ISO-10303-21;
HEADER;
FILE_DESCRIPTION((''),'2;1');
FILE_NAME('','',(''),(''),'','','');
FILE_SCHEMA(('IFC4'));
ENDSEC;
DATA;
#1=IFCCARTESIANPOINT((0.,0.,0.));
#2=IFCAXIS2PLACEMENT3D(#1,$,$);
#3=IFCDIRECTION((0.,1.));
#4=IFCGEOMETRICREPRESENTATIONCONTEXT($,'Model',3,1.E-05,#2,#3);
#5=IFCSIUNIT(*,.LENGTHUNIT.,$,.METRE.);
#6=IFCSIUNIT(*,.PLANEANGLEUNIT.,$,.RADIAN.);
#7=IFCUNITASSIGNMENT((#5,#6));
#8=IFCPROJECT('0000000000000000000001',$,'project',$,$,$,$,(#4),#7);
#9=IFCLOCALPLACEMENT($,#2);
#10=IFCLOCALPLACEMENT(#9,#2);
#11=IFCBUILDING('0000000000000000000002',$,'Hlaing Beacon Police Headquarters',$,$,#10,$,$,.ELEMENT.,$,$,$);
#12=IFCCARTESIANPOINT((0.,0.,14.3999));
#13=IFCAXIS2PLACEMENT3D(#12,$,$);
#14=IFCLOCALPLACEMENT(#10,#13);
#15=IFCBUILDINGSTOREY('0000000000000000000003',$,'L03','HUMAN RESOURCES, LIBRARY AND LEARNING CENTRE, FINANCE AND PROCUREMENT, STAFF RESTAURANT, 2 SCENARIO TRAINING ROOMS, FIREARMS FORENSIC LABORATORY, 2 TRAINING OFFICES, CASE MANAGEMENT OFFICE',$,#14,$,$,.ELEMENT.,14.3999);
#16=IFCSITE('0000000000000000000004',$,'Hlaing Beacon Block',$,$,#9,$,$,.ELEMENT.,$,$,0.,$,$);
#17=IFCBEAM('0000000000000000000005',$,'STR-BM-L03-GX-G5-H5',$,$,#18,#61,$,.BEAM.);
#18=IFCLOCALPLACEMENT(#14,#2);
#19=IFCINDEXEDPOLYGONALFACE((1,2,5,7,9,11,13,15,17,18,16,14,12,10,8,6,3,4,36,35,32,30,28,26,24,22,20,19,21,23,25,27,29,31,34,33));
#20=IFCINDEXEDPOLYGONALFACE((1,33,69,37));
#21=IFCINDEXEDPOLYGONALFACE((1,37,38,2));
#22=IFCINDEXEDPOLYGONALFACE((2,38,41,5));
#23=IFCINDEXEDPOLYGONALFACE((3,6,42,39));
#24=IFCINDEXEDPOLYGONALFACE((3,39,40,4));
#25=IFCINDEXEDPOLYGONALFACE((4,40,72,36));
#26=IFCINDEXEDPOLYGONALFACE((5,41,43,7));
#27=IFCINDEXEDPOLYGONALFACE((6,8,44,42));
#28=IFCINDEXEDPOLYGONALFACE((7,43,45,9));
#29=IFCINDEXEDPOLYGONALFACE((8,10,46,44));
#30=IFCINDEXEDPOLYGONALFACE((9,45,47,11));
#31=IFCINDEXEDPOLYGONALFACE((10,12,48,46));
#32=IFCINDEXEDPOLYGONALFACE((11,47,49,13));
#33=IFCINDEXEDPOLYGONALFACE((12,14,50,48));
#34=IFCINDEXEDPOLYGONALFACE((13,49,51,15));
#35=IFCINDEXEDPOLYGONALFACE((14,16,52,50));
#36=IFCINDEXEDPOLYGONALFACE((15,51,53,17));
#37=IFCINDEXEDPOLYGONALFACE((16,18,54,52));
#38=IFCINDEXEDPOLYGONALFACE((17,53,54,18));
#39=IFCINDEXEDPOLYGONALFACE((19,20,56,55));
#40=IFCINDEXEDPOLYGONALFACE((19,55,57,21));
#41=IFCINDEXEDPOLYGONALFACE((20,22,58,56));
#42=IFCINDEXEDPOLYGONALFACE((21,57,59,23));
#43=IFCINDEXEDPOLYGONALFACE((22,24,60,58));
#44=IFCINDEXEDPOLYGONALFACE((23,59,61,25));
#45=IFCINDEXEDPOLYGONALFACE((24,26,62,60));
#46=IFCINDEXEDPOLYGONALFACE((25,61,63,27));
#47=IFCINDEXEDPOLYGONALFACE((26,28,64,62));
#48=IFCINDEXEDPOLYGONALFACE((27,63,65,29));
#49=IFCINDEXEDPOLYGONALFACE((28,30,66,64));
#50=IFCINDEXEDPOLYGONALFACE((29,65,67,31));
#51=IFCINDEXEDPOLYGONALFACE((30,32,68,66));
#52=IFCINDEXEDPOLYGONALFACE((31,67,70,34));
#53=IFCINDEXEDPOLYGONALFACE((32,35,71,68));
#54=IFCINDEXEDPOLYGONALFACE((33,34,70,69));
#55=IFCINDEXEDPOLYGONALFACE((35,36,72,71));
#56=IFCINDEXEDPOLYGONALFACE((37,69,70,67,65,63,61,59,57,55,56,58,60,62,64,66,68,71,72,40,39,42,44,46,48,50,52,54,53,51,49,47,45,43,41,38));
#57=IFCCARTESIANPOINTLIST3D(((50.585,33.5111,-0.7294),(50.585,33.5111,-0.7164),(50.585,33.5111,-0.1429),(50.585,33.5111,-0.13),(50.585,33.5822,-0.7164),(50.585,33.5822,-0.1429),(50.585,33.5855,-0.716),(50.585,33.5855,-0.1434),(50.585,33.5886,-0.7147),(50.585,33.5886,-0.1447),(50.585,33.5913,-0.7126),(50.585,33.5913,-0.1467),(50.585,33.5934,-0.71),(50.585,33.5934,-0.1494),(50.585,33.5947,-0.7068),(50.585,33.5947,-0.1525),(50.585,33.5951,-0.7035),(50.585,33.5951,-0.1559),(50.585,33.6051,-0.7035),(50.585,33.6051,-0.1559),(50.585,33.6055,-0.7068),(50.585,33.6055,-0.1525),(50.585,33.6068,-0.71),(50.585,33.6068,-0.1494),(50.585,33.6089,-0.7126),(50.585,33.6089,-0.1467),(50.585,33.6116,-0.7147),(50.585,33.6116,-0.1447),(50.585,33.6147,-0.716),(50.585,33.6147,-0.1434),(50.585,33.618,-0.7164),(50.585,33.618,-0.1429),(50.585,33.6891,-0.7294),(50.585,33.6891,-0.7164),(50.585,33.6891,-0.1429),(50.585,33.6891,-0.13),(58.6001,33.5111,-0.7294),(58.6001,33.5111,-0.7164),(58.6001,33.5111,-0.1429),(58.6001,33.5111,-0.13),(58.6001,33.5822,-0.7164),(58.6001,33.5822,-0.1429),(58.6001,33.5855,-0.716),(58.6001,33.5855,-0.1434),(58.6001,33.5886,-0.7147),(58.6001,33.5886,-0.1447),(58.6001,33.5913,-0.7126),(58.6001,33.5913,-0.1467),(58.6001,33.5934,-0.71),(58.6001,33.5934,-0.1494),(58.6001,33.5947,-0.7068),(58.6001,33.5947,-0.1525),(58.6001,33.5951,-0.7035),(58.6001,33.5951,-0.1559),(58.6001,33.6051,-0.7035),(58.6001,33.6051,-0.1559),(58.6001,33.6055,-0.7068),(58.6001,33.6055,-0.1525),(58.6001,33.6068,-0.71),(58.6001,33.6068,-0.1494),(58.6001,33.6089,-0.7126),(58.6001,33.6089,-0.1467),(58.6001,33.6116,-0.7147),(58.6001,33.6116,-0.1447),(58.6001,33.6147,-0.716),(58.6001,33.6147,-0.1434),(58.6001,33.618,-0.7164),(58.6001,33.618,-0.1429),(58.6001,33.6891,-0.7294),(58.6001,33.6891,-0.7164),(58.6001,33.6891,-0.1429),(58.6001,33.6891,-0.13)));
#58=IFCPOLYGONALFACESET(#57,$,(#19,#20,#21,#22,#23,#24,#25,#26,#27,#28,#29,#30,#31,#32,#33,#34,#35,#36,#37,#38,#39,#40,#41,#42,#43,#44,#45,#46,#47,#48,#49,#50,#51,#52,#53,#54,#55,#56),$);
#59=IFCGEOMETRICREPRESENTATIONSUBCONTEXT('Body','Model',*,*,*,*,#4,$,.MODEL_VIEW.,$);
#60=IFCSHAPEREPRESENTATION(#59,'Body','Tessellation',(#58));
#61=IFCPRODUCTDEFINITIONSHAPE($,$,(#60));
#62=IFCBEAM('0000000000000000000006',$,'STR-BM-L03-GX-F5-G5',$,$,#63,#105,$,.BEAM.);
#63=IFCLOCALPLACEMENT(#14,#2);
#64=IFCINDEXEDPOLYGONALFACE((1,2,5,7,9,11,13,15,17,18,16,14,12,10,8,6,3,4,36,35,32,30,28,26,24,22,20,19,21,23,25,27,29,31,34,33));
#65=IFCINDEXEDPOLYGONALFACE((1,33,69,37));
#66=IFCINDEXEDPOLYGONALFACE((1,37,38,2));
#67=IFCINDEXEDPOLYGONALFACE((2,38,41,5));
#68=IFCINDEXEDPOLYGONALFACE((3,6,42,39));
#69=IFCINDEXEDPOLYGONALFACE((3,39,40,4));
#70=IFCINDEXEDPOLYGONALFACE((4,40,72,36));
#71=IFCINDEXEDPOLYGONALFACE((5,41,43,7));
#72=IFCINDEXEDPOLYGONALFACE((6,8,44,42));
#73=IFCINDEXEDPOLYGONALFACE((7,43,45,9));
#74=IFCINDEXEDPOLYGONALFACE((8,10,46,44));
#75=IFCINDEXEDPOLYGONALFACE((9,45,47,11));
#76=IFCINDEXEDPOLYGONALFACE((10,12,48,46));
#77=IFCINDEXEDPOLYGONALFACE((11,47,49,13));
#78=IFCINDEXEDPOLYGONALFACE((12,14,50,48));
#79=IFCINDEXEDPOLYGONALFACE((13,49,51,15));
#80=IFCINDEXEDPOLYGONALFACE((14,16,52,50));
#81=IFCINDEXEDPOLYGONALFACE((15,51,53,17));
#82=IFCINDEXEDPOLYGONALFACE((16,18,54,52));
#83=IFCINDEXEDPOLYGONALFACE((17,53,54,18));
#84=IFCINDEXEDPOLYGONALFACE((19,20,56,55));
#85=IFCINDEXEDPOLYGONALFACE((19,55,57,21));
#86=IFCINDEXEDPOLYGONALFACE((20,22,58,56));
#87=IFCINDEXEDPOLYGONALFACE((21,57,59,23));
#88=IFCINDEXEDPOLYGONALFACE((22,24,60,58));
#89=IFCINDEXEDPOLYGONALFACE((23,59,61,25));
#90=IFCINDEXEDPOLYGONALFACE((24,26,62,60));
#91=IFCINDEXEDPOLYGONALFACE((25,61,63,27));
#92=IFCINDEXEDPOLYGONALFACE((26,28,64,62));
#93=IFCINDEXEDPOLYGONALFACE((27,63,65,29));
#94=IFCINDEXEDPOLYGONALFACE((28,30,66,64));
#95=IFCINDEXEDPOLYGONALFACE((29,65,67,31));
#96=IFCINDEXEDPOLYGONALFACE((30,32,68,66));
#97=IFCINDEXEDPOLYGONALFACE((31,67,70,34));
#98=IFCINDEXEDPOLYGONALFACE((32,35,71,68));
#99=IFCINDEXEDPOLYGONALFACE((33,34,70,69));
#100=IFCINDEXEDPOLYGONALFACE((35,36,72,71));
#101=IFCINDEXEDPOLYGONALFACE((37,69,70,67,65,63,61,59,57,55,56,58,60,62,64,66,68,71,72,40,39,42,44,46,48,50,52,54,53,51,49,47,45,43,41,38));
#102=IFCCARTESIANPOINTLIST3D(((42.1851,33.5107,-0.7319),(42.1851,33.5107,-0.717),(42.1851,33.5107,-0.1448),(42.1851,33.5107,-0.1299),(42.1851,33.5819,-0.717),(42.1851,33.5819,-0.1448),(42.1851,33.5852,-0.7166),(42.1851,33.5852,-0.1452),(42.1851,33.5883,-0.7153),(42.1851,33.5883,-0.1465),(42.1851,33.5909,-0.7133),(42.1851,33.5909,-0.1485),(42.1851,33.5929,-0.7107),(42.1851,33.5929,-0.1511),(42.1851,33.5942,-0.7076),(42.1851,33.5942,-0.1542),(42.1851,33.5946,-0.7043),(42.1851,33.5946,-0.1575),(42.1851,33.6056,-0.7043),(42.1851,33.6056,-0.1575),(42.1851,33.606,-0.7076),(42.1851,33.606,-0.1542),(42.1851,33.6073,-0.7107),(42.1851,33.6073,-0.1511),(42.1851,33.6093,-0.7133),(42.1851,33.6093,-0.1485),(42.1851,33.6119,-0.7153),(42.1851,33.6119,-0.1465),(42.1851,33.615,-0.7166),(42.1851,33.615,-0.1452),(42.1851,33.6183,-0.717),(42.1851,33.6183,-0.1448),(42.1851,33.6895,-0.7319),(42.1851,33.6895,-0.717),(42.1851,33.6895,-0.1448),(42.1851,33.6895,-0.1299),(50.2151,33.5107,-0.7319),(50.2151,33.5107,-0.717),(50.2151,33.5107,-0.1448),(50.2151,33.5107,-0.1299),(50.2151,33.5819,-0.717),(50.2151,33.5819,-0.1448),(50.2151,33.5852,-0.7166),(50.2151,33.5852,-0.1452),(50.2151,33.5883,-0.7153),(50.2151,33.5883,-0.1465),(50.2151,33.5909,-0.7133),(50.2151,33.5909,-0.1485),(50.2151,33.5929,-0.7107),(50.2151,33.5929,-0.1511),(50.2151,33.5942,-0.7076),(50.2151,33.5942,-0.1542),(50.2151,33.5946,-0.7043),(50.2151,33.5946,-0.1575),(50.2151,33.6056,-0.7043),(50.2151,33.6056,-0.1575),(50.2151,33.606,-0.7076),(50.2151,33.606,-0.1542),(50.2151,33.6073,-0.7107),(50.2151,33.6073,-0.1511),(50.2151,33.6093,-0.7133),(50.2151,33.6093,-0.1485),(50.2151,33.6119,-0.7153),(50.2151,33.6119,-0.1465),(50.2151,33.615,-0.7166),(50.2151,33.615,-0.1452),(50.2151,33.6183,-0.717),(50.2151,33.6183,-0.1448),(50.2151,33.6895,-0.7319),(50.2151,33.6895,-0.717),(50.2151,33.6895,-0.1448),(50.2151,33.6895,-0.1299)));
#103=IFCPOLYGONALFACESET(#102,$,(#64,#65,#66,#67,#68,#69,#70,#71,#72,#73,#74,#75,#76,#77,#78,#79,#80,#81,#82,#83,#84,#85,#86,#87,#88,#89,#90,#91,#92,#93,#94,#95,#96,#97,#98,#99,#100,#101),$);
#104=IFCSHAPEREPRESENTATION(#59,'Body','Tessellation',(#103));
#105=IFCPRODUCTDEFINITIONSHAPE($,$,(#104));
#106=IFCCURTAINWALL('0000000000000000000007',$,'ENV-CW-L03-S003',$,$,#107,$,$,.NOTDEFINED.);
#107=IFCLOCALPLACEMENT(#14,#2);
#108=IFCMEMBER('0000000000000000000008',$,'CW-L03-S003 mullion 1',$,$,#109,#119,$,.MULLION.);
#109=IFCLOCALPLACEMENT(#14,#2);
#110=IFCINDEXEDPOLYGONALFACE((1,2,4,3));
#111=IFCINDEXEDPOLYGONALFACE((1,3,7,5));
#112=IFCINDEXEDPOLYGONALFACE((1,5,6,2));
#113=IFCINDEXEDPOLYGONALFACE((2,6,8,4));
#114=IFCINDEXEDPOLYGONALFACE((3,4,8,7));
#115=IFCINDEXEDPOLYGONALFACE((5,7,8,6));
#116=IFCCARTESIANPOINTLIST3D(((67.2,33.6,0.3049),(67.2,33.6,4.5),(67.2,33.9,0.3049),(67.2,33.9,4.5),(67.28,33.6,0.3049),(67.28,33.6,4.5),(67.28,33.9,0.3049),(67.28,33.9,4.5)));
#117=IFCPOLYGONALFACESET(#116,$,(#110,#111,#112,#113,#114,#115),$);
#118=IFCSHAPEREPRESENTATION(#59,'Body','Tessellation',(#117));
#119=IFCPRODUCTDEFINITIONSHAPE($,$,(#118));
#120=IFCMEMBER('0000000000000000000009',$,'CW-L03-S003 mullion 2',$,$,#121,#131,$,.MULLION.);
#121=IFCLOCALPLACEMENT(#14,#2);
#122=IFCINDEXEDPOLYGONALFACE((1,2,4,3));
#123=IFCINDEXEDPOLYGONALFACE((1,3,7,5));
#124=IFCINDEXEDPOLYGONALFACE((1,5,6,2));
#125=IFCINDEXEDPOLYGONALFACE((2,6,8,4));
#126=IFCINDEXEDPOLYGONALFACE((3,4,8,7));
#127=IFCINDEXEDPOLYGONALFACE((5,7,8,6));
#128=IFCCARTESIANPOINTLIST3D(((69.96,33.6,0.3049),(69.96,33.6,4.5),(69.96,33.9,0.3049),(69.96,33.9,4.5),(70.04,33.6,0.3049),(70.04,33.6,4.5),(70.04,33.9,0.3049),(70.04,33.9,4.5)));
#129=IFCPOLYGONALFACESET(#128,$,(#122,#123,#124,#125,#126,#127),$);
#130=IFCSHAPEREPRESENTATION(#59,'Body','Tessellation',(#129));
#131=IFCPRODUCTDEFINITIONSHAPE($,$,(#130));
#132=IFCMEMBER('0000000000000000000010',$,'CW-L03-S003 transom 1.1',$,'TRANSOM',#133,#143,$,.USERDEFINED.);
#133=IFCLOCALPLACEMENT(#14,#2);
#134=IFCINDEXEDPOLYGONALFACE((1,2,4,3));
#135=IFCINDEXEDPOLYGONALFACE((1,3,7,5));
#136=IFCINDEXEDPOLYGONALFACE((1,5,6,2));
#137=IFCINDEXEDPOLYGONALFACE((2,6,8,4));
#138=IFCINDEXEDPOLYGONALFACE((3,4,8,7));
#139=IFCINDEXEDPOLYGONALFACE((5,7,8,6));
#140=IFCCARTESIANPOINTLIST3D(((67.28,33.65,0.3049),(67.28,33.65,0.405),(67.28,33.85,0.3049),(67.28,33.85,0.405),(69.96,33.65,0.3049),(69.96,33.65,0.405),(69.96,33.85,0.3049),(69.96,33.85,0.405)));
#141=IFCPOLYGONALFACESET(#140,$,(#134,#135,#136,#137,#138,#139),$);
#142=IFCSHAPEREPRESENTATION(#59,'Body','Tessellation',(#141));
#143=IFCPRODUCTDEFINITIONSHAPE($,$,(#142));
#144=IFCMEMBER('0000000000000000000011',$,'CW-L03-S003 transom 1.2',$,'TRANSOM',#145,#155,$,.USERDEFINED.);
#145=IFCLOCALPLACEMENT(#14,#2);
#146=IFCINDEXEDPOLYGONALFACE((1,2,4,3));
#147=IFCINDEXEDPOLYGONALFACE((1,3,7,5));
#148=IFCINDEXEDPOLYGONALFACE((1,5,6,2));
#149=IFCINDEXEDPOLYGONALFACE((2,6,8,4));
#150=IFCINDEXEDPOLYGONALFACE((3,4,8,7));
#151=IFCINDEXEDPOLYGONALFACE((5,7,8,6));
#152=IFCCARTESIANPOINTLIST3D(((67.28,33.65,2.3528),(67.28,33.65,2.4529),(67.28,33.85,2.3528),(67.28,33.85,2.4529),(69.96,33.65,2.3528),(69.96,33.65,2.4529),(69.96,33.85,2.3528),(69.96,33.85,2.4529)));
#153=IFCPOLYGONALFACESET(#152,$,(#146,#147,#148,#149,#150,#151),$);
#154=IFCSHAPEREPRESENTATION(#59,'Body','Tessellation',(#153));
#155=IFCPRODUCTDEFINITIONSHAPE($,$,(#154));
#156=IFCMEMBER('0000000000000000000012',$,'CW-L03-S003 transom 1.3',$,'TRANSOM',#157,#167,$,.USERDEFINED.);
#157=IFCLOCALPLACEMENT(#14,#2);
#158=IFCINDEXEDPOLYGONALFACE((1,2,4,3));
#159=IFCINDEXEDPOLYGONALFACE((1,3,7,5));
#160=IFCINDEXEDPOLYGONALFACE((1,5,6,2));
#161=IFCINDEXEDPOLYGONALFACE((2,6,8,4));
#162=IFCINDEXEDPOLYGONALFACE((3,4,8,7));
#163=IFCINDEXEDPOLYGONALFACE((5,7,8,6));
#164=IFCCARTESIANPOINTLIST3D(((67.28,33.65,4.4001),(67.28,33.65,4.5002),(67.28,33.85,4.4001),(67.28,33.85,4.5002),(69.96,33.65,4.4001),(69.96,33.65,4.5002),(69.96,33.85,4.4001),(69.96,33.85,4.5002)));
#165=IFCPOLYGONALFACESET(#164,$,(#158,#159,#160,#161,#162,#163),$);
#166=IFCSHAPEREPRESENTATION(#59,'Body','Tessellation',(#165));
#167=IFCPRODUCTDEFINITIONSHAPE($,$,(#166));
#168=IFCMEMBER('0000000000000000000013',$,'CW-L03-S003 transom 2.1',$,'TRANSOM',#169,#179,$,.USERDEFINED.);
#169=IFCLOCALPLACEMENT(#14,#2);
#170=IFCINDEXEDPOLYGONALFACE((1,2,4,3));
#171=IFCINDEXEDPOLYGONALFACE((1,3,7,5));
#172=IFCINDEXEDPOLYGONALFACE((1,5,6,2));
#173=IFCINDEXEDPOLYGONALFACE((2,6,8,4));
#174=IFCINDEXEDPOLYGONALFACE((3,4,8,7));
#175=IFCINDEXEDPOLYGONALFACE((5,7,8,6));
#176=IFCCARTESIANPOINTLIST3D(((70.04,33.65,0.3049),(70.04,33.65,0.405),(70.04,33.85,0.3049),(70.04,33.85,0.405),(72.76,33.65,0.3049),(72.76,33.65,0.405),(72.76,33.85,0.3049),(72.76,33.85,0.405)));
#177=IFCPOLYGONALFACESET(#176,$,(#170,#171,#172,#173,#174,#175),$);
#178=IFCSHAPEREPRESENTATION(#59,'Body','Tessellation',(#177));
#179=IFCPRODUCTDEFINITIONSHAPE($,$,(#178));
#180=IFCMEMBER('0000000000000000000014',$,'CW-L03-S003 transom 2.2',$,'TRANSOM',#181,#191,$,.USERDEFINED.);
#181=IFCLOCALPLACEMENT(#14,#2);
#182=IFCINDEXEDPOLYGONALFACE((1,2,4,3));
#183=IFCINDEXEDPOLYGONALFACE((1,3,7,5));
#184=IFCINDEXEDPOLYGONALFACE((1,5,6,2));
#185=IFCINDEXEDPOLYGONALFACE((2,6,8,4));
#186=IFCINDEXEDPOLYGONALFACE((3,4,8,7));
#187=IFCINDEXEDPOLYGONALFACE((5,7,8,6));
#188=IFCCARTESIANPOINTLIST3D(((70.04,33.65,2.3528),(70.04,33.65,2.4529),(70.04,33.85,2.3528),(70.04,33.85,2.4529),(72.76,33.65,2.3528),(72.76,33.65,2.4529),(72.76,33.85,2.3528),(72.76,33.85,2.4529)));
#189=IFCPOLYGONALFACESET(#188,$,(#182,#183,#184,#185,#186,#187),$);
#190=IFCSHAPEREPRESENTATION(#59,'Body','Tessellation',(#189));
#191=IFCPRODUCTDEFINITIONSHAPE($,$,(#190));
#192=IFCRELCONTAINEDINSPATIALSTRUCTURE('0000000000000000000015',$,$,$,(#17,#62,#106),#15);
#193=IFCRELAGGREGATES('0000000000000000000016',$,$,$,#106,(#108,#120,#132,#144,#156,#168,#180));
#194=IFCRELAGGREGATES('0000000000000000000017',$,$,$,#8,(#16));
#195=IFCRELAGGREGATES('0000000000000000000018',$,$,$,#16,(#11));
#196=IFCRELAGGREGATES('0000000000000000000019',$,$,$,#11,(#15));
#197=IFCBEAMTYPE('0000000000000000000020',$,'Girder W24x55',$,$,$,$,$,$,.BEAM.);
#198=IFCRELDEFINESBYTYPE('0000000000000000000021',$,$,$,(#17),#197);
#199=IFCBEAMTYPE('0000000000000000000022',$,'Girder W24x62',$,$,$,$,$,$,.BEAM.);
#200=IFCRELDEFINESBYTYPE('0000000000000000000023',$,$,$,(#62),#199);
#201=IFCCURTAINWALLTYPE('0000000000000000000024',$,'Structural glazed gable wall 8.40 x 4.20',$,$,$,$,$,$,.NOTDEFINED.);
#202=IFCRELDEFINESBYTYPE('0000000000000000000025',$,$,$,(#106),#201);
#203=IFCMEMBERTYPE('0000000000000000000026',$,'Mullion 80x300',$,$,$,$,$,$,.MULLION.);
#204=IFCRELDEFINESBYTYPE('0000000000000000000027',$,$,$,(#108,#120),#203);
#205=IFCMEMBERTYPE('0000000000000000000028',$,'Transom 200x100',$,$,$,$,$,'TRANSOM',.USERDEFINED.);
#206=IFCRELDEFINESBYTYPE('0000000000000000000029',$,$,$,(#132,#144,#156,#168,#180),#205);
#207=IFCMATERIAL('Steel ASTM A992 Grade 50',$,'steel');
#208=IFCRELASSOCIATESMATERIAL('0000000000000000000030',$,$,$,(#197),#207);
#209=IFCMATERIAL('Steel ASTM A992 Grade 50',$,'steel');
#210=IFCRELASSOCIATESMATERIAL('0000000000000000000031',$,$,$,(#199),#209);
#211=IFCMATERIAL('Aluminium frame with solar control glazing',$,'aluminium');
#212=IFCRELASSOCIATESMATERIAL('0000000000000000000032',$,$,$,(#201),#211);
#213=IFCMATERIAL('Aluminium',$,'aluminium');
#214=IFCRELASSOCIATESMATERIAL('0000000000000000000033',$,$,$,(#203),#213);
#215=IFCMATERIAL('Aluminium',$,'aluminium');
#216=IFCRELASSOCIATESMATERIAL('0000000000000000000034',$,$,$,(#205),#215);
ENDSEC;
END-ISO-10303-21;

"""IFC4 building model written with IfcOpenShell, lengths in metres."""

from ifc_helpers import new_model, si_unit, direction, frame, origin, origin_2d, place, context, subcontext, project, spatial, rectangle, i_section, extrude, material, material_profile, profile_set, type_object, element, aggregate, save


model = new_model("IFC4")

# Units and contexts
model_context = context("Model", 3, precision=1e-05, world=origin(), true_north=direction((0.0, 1.0)))
body_context = subcontext(model_context, "Body", "Model", "MODEL_VIEW")
ifc_project = project(units=[si_unit("LENGTHUNIT", "METRE"), si_unit("PLANEANGLEUNIT", "RADIAN")], contexts=[model_context])

# Site, building, storey
site_placement = place(None, origin())
site = spatial("IfcSite", under=ifc_project, at=site_placement, Name="Hlaing Beacon Block", CompositionType="ELEMENT", RefElevation=0.0)
building_placement = place(site_placement, origin())
building = spatial("IfcBuilding", under=site, at=building_placement, Name="Hlaing Beacon Police Headquarters", CompositionType="ELEMENT")
storey_placement = place(building_placement, frame((0.0, 0.0, 14.3999)))
storey = spatial("IfcBuildingStorey", under=building, at=storey_placement, Name="L03", Description="HUMAN RESOURCES, LIBRARY AND LEARNING CENTRE, FINANCE AND PROCUREMENT, STAFF RESTAURANT, 2 SCENARIO TRAINING ROOMS, FIREARMS FORENSIC LABORATORY, 2 TRAINING OFFICES, CASE MANAGEMENT OFFICE", CompositionType="ELEMENT", Elevation=14.3999)

# Beams
ifc_material_1 = material(Name="Steel ASTM A992 Grade 50", Category="steel")
ifc_material_profile_1 = material_profile(ifc_material_1, i_section(OverallWidth=0.178, OverallDepth=0.5994, WebThickness=0.01, FlangeThickness=0.0129, FilletRadius=0.0129, at=origin_2d()), Name="W24x55")
ifc_profile_set_1 = profile_set([ifc_material_profile_1], Name="Steel ASTM A992 Grade 50")
beam_type_1 = type_object("IfcBeamType", Name="Girder W24x55", PredefinedType="BEAM", material=ifc_profile_set_1)
beam_1_placement = place(storey_placement, frame((50.585, 33.6001, -0.4297), z_axis=(1.0, 0.0, 0.0), x_axis=(0.0, 1.0, 0.0)))
element("IfcBeam", 1, at=beam_1_placement, inside=storey, type_object=beam_type_1, Name="STR-BM-L03-GX-G5-H5", PredefinedType="BEAM", context=body_context, shape_type="SweptSolid", body=[
    extrude(i_section(OverallWidth=0.178, OverallDepth=0.5994, WebThickness=0.01, FlangeThickness=0.0129, FilletRadius=0.0129, at=origin_2d()), origin(), (0.0, 0.0, 1.0), 8.0151),
])
ifc_material_2 = material(Name="Steel ASTM A992 Grade 50", Category="steel")
ifc_material_profile_2 = material_profile(ifc_material_2, i_section(OverallWidth=0.1787, OverallDepth=0.6021, WebThickness=0.011, FlangeThickness=0.0149, FilletRadius=0.0127, at=origin_2d()), Name="W24x62")
ifc_profile_set_2 = profile_set([ifc_material_profile_2], Name="Steel ASTM A992 Grade 50")
beam_type_2 = type_object("IfcBeamType", Name="Girder W24x62", PredefinedType="BEAM", material=ifc_profile_set_2)
beam_2_placement = place(storey_placement, frame((42.1851, 33.6001, -0.4309), z_axis=(1.0, 0.0, 0.0), x_axis=(0.0, 1.0, 0.0)))
element("IfcBeam", 2, at=beam_2_placement, inside=storey, type_object=beam_type_2, Name="STR-BM-L03-GX-F5-G5", PredefinedType="BEAM", context=body_context, shape_type="SweptSolid", body=[
    extrude(i_section(OverallWidth=0.1787, OverallDepth=0.6021, WebThickness=0.011, FlangeThickness=0.0149, FilletRadius=0.0127, at=origin_2d()), origin(), (0.0, 0.0, 1.0), 8.03),
])

# Curtain wall, members
ifc_material_3 = material(Name="Aluminium frame with solar control glazing", Category="aluminium")
curtain_wall_type = type_object("IfcCurtainWallType", Name="Structural glazed gable wall 8.40 x 4.20", PredefinedType="NOTDEFINED", material=ifc_material_3)
curtain_wall_placement = place(storey_placement, origin())
curtain_wall = element("IfcCurtainWall", 3, at=curtain_wall_placement, inside=storey, type_object=curtain_wall_type, Name="ENV-CW-L03-S003", PredefinedType="NOTDEFINED")
ifc_material_4 = material(Name="Aluminium", Category="aluminium")
ifc_material_profile_3 = material_profile(ifc_material_4, rectangle(XDim=0.3, YDim=0.0801, at=origin_2d()), Name="Mullion 80x300")
ifc_profile_set_3 = profile_set([ifc_material_profile_3], Name="Aluminium")
member_type_1 = type_object("IfcMemberType", Name="Mullion 80x300", PredefinedType="MULLION", material=ifc_profile_set_3)
member_1_placement = place(storey_placement, frame((67.24, 33.75, 0.3049), z_axis=(0.0, 0.0, 1.0), x_axis=(0.0, 1.0, 0.0)))
member_1 = element("IfcMember", 4, at=member_1_placement, type_object=member_type_1, Name="CW-L03-S003 mullion 1", PredefinedType="MULLION", context=body_context, shape_type="SweptSolid", body=[
    extrude(rectangle(XDim=0.3, YDim=0.0801, at=origin_2d()), origin(), (0.0, 0.0, 1.0), 4.1951),
])
member_2_placement = place(storey_placement, frame((70.0, 33.75, 0.3049), z_axis=(0.0, 0.0, 1.0), x_axis=(0.0, 1.0, 0.0)))
member_2 = element("IfcMember", 5, at=member_2_placement, type_object=member_type_1, Name="CW-L03-S003 mullion 2", PredefinedType="MULLION", context=body_context, shape_type="SweptSolid", body=[
    extrude(rectangle(XDim=0.3, YDim=0.0801, at=origin_2d()), origin(), (0.0, 0.0, 1.0), 4.1951),
])
ifc_material_5 = material(Name="Aluminium", Category="aluminium")
ifc_material_profile_4 = material_profile(ifc_material_5, rectangle(XDim=0.2, YDim=0.1001, at=origin_2d()), Name="Transom 200x100")
ifc_profile_set_4 = profile_set([ifc_material_profile_4], Name="Aluminium")
member_type_2 = type_object("IfcMemberType", Name="Transom 200x100", ElementType="TRANSOM", PredefinedType="USERDEFINED", material=ifc_profile_set_4)
member_3_placement = place(storey_placement, frame((67.28, 33.75, 0.355), z_axis=(1.0, 0.0, 0.0), x_axis=(0.0, 1.0, 0.0)))
member_3 = element("IfcMember", 6, at=member_3_placement, type_object=member_type_2, Name="CW-L03-S003 transom 1.1", ObjectType="TRANSOM", PredefinedType="USERDEFINED", context=body_context, shape_type="SweptSolid", body=[
    extrude(rectangle(XDim=0.2, YDim=0.1001, at=origin_2d()), origin(), (0.0, 0.0, 1.0), 2.6799),
])
member_4_placement = place(storey_placement, frame((67.28, 33.75, 2.4028), z_axis=(1.0, 0.0, 0.0), x_axis=(0.0, 1.0, 0.0)))
member_4 = element("IfcMember", 7, at=member_4_placement, type_object=member_type_2, Name="CW-L03-S003 transom 1.2", ObjectType="TRANSOM", PredefinedType="USERDEFINED", context=body_context, shape_type="SweptSolid", body=[
    extrude(rectangle(XDim=0.2, YDim=0.1001, at=origin_2d()), origin(), (0.0, 0.0, 1.0), 2.6799),
])
member_5_placement = place(storey_placement, frame((67.28, 33.75, 4.4502), z_axis=(1.0, 0.0, 0.0), x_axis=(0.0, 1.0, 0.0)))
member_5 = element("IfcMember", 8, at=member_5_placement, type_object=member_type_2, Name="CW-L03-S003 transom 1.3", ObjectType="TRANSOM", PredefinedType="USERDEFINED", context=body_context, shape_type="SweptSolid", body=[
    extrude(rectangle(XDim=0.2, YDim=0.1001, at=origin_2d()), origin(), (0.0, 0.0, 1.0), 2.6799),
])
member_6_placement = place(storey_placement, frame((70.04, 33.75, 0.355), z_axis=(1.0, 0.0, 0.0), x_axis=(0.0, 1.0, 0.0)))
member_6 = element("IfcMember", 9, at=member_6_placement, type_object=member_type_2, Name="CW-L03-S003 transom 2.1", ObjectType="TRANSOM", PredefinedType="USERDEFINED", context=body_context, shape_type="SweptSolid", body=[
    extrude(rectangle(XDim=0.2, YDim=0.1001, at=origin_2d()), origin(), (0.0, 0.0, 1.0), 2.72),
])
member_7_placement = place(storey_placement, frame((70.04, 33.75, 2.4028), z_axis=(1.0, 0.0, 0.0), x_axis=(0.0, 1.0, 0.0)))
member_7 = element("IfcMember", 10, at=member_7_placement, type_object=member_type_2, Name="CW-L03-S003 transom 2.2", ObjectType="TRANSOM", PredefinedType="USERDEFINED", context=body_context, shape_type="SweptSolid", body=[
    extrude(rectangle(XDim=0.2, YDim=0.1001, at=origin_2d()), origin(), (0.0, 0.0, 1.0), 2.72),
])
aggregate(curtain_wall, [member_1, member_2, member_3, member_4, member_5, member_6, member_7])

save(model, "model.ifc")
